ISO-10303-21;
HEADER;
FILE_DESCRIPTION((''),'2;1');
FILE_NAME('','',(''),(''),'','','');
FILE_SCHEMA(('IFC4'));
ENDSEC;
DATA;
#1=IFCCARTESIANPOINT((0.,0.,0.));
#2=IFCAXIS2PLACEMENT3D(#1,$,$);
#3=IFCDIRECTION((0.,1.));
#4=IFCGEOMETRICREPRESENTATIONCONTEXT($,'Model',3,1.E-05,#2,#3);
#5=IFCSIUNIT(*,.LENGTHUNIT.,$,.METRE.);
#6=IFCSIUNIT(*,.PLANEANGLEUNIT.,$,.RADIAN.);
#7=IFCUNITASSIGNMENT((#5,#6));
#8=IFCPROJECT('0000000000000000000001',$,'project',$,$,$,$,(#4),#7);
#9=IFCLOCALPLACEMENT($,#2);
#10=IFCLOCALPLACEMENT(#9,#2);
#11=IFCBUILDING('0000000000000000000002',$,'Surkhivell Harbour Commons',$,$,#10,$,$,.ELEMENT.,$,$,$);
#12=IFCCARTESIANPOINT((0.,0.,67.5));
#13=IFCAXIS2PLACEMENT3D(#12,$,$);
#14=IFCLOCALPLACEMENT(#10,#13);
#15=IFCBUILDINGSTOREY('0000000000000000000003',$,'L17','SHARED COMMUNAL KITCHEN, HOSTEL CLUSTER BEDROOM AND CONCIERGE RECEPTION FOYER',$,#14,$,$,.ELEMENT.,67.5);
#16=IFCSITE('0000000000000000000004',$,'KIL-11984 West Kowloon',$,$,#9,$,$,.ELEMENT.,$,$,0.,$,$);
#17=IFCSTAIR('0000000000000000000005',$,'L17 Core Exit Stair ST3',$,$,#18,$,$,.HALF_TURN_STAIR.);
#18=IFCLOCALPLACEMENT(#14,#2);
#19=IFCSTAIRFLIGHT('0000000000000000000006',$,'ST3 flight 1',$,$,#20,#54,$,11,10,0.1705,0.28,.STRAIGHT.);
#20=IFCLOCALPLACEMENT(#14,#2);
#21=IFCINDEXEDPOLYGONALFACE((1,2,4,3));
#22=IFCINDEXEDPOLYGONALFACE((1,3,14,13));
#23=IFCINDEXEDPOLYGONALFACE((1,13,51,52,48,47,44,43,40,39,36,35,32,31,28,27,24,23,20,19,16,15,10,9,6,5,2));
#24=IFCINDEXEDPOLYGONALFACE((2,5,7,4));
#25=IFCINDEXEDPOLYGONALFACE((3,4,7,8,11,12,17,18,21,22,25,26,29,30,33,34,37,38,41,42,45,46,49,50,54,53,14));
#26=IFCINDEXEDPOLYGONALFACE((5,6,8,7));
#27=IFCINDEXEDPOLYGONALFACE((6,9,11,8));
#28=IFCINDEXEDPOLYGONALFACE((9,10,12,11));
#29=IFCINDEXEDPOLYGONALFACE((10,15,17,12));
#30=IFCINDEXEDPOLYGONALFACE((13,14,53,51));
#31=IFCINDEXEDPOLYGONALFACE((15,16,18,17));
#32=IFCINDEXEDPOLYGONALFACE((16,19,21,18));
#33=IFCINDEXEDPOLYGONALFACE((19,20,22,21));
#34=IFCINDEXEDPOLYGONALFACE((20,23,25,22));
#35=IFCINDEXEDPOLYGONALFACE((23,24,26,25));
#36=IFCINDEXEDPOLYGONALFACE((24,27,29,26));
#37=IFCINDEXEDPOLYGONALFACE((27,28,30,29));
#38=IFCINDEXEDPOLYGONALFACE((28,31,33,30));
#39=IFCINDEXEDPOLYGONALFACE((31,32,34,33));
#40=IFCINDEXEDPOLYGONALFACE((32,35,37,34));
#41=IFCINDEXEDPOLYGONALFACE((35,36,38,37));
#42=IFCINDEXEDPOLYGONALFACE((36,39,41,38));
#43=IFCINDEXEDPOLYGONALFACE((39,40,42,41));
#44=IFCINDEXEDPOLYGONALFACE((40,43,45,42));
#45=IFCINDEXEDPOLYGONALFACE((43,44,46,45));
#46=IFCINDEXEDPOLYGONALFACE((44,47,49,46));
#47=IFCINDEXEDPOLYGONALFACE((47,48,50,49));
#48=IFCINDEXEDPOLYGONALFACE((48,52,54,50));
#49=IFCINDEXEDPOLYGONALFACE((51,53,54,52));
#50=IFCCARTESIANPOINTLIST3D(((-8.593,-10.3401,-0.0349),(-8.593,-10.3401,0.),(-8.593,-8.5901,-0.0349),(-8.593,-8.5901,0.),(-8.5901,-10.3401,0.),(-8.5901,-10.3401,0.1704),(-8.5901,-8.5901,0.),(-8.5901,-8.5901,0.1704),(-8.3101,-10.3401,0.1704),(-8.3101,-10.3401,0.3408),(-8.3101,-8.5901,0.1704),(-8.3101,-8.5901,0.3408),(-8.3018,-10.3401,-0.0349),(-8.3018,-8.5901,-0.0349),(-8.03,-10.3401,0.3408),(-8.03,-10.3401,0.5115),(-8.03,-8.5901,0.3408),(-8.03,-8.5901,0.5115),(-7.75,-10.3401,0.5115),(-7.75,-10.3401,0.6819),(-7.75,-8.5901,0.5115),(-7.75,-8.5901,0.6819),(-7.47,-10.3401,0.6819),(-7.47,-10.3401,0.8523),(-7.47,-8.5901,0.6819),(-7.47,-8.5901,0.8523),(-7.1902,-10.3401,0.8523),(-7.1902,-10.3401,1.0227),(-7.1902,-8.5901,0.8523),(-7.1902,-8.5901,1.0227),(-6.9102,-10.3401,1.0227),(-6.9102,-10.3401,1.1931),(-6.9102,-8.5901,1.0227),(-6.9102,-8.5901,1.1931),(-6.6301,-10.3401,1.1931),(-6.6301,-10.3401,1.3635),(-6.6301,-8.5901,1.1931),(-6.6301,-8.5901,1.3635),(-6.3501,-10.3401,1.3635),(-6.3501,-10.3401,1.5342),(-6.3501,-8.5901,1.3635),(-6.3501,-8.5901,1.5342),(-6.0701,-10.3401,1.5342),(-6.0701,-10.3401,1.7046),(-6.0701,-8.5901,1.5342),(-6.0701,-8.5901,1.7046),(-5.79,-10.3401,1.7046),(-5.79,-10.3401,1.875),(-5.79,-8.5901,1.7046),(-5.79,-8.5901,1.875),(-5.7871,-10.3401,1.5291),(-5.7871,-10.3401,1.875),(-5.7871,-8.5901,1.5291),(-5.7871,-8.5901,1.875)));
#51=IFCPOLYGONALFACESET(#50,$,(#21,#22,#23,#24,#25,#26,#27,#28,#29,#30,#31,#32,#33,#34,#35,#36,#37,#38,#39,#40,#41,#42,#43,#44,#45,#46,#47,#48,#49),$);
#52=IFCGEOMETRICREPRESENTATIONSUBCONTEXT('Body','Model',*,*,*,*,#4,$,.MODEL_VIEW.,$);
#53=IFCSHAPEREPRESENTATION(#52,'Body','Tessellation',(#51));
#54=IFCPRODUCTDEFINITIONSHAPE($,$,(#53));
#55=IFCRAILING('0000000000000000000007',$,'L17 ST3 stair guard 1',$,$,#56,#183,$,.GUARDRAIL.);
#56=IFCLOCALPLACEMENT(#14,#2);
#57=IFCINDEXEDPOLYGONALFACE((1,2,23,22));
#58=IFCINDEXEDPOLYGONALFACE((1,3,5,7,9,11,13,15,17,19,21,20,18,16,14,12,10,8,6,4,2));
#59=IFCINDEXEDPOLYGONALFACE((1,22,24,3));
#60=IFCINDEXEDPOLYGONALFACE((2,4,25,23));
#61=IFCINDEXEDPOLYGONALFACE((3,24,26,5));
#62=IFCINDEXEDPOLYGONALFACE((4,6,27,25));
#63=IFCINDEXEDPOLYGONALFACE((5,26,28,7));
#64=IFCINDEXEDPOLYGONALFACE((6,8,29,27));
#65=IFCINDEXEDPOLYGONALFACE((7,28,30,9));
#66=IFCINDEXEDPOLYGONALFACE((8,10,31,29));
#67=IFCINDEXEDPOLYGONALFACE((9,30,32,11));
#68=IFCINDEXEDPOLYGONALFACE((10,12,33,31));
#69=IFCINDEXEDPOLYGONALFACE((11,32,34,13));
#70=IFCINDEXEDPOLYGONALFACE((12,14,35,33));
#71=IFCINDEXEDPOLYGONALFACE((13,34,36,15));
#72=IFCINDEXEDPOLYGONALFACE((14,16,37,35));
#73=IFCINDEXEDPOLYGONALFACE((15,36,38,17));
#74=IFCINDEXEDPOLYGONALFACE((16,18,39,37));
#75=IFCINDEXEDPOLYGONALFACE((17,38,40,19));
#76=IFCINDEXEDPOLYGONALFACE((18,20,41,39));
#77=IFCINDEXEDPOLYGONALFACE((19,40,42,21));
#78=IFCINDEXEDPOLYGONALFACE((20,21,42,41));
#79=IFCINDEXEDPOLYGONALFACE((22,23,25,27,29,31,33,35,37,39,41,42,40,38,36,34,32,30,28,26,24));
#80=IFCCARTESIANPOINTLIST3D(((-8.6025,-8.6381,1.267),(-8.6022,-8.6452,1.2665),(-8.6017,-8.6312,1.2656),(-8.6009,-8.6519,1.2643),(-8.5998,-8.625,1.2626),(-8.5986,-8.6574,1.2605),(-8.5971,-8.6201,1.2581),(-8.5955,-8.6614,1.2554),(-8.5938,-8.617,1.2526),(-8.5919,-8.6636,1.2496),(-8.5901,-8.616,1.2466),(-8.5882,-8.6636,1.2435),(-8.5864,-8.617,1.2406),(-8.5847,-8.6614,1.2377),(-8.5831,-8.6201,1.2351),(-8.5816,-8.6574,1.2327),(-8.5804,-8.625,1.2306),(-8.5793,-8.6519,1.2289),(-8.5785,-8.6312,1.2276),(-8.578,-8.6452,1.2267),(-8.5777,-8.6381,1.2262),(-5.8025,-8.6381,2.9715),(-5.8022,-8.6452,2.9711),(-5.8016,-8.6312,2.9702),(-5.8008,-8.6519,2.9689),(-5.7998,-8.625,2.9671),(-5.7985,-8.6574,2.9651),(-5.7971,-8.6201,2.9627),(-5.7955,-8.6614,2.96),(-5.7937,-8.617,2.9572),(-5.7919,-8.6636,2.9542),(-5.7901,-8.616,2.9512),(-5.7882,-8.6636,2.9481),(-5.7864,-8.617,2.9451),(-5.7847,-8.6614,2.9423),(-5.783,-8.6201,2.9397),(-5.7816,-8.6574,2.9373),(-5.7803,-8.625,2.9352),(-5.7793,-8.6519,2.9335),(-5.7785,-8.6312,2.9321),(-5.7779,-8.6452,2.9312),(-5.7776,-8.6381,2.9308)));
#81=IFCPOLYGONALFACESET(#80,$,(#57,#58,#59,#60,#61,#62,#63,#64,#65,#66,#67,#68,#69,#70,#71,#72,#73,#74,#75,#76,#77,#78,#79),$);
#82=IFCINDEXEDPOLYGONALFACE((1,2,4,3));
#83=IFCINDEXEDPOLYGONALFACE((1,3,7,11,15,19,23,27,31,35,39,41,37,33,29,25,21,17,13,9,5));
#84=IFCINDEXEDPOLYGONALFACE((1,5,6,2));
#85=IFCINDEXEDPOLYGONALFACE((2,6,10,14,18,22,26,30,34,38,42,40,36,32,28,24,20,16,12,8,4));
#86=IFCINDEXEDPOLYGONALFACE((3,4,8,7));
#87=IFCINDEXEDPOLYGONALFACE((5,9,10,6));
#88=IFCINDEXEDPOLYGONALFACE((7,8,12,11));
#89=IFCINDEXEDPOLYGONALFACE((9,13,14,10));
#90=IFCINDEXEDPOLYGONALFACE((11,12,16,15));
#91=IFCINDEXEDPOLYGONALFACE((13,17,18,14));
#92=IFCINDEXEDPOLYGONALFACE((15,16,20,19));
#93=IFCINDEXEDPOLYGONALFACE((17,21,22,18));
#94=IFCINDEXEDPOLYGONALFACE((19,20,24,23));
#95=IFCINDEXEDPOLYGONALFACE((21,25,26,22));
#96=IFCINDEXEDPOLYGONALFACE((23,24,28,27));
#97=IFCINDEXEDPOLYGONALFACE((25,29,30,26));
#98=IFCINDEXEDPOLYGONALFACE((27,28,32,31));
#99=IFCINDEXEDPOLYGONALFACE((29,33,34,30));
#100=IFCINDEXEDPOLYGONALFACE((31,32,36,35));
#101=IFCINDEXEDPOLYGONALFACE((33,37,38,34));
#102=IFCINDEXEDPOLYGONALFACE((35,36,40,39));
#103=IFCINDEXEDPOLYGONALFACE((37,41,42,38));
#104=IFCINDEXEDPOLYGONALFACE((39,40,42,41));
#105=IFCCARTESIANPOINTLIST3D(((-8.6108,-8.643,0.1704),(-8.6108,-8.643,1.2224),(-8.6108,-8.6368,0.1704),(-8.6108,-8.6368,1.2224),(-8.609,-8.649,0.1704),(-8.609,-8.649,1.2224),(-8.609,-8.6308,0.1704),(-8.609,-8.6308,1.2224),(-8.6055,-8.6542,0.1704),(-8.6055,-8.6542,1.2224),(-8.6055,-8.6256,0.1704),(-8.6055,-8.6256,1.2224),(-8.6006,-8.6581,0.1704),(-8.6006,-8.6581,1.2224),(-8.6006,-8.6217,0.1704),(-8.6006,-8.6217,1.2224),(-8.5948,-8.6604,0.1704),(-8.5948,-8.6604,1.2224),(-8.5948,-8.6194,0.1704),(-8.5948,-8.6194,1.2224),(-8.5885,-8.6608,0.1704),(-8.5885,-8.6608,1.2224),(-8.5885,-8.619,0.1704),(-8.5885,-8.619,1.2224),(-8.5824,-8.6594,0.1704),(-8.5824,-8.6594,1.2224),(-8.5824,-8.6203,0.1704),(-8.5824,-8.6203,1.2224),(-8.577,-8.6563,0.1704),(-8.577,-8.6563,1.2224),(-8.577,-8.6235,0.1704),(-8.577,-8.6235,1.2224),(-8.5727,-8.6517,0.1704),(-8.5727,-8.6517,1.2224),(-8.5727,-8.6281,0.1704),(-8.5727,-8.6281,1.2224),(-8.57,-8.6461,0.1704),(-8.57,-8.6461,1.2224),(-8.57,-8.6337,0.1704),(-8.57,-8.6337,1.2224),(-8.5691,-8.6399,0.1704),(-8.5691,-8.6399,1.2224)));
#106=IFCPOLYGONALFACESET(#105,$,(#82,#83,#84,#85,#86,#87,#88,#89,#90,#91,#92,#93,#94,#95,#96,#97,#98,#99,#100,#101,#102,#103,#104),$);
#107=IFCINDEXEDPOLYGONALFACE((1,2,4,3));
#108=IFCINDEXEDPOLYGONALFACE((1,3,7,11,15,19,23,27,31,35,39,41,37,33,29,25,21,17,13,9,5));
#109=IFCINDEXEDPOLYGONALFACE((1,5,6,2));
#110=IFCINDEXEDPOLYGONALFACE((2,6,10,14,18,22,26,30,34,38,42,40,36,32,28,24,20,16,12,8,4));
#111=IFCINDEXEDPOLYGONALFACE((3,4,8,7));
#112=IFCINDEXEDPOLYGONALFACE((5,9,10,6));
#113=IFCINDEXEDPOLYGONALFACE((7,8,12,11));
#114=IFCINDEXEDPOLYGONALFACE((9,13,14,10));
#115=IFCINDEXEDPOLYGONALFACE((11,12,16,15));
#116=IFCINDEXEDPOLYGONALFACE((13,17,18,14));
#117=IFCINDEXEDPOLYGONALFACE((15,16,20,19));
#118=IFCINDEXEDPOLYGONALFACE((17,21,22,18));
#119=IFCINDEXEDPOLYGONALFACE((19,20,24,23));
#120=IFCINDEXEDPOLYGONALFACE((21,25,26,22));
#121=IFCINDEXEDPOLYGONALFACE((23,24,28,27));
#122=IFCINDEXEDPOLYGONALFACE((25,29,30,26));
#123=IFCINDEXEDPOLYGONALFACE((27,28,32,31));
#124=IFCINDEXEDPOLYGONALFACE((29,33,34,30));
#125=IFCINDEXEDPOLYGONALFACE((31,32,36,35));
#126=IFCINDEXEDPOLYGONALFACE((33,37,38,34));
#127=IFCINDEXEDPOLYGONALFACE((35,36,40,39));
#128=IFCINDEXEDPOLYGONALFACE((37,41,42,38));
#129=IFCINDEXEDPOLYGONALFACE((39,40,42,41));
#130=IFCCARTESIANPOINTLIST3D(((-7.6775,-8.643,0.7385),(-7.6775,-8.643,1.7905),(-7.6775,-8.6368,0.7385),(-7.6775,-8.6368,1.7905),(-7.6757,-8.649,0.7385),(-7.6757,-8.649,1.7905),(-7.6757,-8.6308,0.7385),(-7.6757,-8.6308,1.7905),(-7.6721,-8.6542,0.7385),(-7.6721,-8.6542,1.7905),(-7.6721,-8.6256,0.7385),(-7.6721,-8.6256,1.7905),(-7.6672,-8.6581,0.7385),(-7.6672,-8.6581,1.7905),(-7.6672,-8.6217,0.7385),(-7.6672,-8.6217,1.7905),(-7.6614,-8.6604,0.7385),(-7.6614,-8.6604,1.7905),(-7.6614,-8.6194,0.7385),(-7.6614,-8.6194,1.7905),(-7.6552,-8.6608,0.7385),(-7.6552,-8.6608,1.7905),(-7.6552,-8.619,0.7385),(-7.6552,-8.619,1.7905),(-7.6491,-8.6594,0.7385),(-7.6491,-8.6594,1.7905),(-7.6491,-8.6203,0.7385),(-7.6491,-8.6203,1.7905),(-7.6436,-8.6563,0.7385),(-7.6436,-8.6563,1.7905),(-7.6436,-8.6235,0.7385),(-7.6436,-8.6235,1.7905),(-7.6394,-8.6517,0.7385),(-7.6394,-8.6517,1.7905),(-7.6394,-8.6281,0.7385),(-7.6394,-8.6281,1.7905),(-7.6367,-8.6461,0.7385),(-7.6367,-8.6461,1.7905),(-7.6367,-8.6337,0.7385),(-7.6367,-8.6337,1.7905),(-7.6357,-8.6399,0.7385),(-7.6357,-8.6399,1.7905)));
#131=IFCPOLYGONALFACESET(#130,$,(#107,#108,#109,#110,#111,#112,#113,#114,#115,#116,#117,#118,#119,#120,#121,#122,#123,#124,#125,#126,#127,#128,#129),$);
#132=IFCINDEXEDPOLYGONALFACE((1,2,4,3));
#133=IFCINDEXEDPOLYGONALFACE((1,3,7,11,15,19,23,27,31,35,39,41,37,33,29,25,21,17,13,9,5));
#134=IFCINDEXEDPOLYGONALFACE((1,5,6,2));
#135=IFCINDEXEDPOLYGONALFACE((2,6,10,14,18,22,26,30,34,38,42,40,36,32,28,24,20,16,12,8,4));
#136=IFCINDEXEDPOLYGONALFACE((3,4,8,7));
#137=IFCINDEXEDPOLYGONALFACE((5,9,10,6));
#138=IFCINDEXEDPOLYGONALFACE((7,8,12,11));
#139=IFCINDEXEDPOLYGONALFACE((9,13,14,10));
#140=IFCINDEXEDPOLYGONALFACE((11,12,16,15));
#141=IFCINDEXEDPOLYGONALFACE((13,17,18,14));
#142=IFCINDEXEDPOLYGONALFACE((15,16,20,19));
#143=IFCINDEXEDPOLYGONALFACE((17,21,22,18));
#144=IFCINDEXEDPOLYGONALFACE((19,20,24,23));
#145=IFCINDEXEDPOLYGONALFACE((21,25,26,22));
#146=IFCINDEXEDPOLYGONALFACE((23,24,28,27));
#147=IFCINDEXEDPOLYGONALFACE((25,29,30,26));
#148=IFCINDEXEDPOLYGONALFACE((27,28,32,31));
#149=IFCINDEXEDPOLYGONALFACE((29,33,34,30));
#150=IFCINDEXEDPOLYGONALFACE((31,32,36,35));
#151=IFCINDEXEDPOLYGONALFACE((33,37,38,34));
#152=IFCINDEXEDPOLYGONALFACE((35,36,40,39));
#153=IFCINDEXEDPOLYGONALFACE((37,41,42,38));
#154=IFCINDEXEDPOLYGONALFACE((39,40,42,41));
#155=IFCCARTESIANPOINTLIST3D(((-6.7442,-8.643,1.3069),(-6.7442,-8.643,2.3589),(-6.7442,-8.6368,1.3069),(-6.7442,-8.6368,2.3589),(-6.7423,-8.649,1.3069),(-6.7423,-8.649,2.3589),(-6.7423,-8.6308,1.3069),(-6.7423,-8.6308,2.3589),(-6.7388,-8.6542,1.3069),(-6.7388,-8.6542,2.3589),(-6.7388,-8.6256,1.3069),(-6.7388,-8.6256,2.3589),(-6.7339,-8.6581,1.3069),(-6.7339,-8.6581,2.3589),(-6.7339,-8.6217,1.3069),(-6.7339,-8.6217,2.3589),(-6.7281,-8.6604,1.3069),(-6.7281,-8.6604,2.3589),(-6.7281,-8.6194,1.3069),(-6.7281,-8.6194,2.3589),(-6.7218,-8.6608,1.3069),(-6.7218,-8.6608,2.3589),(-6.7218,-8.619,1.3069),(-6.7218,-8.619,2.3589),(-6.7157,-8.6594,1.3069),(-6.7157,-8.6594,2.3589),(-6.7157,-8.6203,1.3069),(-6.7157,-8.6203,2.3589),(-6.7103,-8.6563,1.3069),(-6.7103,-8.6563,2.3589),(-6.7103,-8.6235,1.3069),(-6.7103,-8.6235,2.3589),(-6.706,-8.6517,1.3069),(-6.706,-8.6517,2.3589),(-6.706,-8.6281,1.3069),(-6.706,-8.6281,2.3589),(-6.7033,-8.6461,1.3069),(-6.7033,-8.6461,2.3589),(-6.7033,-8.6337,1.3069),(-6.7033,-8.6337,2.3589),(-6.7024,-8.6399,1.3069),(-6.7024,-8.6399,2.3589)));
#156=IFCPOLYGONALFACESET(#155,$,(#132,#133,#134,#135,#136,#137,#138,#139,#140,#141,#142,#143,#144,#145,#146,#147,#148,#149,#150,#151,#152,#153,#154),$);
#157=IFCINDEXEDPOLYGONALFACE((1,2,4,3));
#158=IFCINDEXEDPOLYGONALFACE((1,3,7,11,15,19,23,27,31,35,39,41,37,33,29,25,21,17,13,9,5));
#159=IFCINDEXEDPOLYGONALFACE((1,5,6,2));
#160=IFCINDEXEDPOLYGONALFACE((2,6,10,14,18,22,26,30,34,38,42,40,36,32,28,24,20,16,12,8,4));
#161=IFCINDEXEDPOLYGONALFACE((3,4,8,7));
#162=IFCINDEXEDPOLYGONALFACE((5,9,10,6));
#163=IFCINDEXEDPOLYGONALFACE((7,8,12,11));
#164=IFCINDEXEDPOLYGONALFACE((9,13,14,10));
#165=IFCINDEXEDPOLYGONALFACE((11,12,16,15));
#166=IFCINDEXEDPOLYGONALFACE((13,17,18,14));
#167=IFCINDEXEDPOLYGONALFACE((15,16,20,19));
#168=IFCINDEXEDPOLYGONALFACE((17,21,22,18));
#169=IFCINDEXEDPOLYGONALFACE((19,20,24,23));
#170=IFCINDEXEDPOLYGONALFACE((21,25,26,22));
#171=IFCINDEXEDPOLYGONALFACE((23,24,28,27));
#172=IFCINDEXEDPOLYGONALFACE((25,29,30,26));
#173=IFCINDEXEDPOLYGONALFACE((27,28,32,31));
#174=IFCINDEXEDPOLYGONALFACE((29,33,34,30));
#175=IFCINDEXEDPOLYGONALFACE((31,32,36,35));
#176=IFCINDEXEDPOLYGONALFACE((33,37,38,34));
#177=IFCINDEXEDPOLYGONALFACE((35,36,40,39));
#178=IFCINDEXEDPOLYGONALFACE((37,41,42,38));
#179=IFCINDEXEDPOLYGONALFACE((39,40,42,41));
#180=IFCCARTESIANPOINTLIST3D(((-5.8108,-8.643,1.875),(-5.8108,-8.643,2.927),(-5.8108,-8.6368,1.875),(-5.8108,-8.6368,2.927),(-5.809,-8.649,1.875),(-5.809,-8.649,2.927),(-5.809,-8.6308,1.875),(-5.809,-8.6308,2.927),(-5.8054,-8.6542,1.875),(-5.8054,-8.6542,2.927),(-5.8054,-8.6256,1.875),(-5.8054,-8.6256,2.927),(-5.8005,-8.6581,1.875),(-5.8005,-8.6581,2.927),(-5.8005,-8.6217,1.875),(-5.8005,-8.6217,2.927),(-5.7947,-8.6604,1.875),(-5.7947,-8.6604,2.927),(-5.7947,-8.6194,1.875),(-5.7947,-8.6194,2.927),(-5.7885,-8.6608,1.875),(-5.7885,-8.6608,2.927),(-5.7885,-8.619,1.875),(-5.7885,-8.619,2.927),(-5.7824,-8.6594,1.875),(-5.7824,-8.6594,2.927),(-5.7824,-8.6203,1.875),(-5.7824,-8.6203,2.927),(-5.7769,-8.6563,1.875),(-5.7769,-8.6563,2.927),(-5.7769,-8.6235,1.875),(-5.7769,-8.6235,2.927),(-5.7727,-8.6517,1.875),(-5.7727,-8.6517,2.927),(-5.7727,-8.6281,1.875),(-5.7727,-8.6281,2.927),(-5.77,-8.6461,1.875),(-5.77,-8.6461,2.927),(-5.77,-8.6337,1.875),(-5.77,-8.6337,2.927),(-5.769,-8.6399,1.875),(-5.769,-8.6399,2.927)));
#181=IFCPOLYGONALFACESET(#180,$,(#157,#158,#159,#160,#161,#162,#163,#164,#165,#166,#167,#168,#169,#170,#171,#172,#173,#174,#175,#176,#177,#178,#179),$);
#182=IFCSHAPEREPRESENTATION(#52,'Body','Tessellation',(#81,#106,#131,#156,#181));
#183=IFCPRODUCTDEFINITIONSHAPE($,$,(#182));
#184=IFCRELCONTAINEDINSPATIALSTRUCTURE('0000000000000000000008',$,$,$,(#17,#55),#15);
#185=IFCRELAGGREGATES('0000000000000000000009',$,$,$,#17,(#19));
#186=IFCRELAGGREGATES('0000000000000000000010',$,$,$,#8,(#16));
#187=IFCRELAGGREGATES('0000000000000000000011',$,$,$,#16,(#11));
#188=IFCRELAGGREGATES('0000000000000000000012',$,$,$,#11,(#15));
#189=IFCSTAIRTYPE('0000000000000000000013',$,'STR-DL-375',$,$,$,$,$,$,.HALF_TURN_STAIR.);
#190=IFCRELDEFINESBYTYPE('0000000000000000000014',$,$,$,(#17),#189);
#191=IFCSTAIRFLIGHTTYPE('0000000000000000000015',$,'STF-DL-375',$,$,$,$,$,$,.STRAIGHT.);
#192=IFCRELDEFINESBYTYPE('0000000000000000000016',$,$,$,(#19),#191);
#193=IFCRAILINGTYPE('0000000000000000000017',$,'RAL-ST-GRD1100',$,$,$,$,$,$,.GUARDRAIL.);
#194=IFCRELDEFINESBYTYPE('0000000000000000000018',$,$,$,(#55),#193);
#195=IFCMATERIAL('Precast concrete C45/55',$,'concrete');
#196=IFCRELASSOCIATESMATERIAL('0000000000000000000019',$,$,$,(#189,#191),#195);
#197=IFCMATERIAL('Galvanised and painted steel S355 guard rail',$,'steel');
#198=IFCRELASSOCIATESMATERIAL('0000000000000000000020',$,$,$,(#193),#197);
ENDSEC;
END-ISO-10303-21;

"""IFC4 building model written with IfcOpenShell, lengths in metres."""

from ifc_helpers import new_model, si_unit, direction, frame, origin, origin_2d, place, context, subcontext, project, spatial, polyline, circle, outline, extrude, material, type_object, element, aggregate, save


model = new_model("IFC4")

# Units and contexts
model_context = context("Model", 3, precision=1e-05, world=origin(), true_north=direction((0.0, 1.0)))
body_context = subcontext(model_context, "Body", "Model", "MODEL_VIEW")
ifc_project = project(units=[si_unit("LENGTHUNIT", "METRE"), si_unit("PLANEANGLEUNIT", "RADIAN")], contexts=[model_context])

# Site, building, storey
site_placement = place(None, origin())
site = spatial("IfcSite", under=ifc_project, at=site_placement, Name="KIL-11984 West Kowloon", CompositionType="ELEMENT", RefElevation=0.0)
building_placement = place(site_placement, origin())
building = spatial("IfcBuilding", under=site, at=building_placement, Name="Surkhivell Harbour Commons", CompositionType="ELEMENT")
storey_placement = place(building_placement, frame((0.0, 0.0, 67.5)))
storey = spatial("IfcBuildingStorey", under=building, at=storey_placement, Name="L17", Description="SHARED COMMUNAL KITCHEN, HOSTEL CLUSTER BEDROOM AND CONCIERGE RECEPTION FOYER", CompositionType="ELEMENT", Elevation=67.5)

# Stair, stair flight
ifc_material_1 = material(Name="Precast concrete C45/55", Category="concrete")
stair_type = type_object("IfcStairType", Name="STR-DL-375", PredefinedType="HALF_TURN_STAIR", material=ifc_material_1)
stair_placement = place(storey_placement, origin())
stair = element("IfcStair", 1, at=stair_placement, inside=storey, type_object=stair_type, Name="L17 Core Exit Stair ST3", PredefinedType="HALF_TURN_STAIR")
stair_flight_type = type_object("IfcStairFlightType", Name="STF-DL-375", PredefinedType="STRAIGHT", material=ifc_material_1)
stair_flight_placement = place(storey_placement, frame((-8.5901, -9.4651, 0.0), z_axis=(0.0, 0.0, 1.0), x_axis=(1.0, 0.0, 0.0)))
stair_flight = element("IfcStairFlight", 2, at=stair_flight_placement, type_object=stair_flight_type, Name="ST3 flight 1", NumberOfRisers=11, NumberOfTreads=10, PredefinedType="STRAIGHT", RiserHeight=0.1705, TreadLength=0.28, context=body_context, shape_type="SweptSolid", body=[
    extrude(outline(polyline([(-0.0029, -0.0349), (-0.0029, 0.0), (0.0, 0.0), (0.0, 0.1704), (0.28, 0.1704), (0.28, 0.3408), (0.5601, 0.3408), (0.5601, 0.5115), (0.8401, 0.5115), (0.8401, 0.6819), (1.1201, 0.6819), (1.1201, 0.8523), (1.3999, 0.8523), (1.3999, 1.0227), (1.6799, 1.0227), (1.6799, 1.1931), (1.96, 1.1931), (1.96, 1.3635), (2.24, 1.3635), (2.24, 1.5342), (2.52, 1.5342), (2.52, 1.7046), (2.8, 1.7046), (2.8, 1.875), (2.803, 1.875), (2.803, 1.5291), (0.2883, -0.0349), (-0.0029, -0.0349)])), frame((0.0, 0.875, 0.0), z_axis=(0.0, -1.0, 0.0), x_axis=(1.0, 0.0, 0.0)), (0.0, 0.0, 1.0), 1.75),
])
aggregate(stair, [stair_flight])

# Railing
ifc_material_2 = material(Name="Galvanised and painted steel S355 guard rail", Category="steel")
railing_type_1 = type_object("IfcRailingType", Name="RAL-ST-GRD1100", PredefinedType="GUARDRAIL", material=ifc_material_2)
railing_1_placement = place(storey_placement, frame((-8.5901, -8.6399, 0.1704)))
element("IfcRailing", 3, at=railing_1_placement, inside=storey, type_object=railing_type_1, Name="L17 ST3 stair guard 1", PredefinedType="GUARDRAIL", context=body_context, shape_type="SweptSolid", body=[
    extrude(circle(Radius=0.0239, at=origin_2d()), frame((0.0, 0.0, 1.0762), z_axis=(0.85417, 0.0, 0.519994), x_axis=(0.0, 1.0, 0.0)), (0.0, 0.0, 1.0), 3.2781),
    extrude(circle(Radius=0.021, at=origin_2d()), origin(), (0.0, 0.0, 1.0), 1.052),
    extrude(circle(Radius=0.021, at=origin_2d()), frame((0.9333, 0.0, 0.5681)), (0.0, 0.0, 1.0), 1.052),
    extrude(circle(Radius=0.021, at=origin_2d()), frame((1.8667, 0.0, 1.1365)), (0.0, 0.0, 1.0), 1.052),
    extrude(circle(Radius=0.021, at=origin_2d()), frame((2.8, 0.0, 1.7046)), (0.0, 0.0, 1.0), 1.052),
])

save(model, "model.ifc")
